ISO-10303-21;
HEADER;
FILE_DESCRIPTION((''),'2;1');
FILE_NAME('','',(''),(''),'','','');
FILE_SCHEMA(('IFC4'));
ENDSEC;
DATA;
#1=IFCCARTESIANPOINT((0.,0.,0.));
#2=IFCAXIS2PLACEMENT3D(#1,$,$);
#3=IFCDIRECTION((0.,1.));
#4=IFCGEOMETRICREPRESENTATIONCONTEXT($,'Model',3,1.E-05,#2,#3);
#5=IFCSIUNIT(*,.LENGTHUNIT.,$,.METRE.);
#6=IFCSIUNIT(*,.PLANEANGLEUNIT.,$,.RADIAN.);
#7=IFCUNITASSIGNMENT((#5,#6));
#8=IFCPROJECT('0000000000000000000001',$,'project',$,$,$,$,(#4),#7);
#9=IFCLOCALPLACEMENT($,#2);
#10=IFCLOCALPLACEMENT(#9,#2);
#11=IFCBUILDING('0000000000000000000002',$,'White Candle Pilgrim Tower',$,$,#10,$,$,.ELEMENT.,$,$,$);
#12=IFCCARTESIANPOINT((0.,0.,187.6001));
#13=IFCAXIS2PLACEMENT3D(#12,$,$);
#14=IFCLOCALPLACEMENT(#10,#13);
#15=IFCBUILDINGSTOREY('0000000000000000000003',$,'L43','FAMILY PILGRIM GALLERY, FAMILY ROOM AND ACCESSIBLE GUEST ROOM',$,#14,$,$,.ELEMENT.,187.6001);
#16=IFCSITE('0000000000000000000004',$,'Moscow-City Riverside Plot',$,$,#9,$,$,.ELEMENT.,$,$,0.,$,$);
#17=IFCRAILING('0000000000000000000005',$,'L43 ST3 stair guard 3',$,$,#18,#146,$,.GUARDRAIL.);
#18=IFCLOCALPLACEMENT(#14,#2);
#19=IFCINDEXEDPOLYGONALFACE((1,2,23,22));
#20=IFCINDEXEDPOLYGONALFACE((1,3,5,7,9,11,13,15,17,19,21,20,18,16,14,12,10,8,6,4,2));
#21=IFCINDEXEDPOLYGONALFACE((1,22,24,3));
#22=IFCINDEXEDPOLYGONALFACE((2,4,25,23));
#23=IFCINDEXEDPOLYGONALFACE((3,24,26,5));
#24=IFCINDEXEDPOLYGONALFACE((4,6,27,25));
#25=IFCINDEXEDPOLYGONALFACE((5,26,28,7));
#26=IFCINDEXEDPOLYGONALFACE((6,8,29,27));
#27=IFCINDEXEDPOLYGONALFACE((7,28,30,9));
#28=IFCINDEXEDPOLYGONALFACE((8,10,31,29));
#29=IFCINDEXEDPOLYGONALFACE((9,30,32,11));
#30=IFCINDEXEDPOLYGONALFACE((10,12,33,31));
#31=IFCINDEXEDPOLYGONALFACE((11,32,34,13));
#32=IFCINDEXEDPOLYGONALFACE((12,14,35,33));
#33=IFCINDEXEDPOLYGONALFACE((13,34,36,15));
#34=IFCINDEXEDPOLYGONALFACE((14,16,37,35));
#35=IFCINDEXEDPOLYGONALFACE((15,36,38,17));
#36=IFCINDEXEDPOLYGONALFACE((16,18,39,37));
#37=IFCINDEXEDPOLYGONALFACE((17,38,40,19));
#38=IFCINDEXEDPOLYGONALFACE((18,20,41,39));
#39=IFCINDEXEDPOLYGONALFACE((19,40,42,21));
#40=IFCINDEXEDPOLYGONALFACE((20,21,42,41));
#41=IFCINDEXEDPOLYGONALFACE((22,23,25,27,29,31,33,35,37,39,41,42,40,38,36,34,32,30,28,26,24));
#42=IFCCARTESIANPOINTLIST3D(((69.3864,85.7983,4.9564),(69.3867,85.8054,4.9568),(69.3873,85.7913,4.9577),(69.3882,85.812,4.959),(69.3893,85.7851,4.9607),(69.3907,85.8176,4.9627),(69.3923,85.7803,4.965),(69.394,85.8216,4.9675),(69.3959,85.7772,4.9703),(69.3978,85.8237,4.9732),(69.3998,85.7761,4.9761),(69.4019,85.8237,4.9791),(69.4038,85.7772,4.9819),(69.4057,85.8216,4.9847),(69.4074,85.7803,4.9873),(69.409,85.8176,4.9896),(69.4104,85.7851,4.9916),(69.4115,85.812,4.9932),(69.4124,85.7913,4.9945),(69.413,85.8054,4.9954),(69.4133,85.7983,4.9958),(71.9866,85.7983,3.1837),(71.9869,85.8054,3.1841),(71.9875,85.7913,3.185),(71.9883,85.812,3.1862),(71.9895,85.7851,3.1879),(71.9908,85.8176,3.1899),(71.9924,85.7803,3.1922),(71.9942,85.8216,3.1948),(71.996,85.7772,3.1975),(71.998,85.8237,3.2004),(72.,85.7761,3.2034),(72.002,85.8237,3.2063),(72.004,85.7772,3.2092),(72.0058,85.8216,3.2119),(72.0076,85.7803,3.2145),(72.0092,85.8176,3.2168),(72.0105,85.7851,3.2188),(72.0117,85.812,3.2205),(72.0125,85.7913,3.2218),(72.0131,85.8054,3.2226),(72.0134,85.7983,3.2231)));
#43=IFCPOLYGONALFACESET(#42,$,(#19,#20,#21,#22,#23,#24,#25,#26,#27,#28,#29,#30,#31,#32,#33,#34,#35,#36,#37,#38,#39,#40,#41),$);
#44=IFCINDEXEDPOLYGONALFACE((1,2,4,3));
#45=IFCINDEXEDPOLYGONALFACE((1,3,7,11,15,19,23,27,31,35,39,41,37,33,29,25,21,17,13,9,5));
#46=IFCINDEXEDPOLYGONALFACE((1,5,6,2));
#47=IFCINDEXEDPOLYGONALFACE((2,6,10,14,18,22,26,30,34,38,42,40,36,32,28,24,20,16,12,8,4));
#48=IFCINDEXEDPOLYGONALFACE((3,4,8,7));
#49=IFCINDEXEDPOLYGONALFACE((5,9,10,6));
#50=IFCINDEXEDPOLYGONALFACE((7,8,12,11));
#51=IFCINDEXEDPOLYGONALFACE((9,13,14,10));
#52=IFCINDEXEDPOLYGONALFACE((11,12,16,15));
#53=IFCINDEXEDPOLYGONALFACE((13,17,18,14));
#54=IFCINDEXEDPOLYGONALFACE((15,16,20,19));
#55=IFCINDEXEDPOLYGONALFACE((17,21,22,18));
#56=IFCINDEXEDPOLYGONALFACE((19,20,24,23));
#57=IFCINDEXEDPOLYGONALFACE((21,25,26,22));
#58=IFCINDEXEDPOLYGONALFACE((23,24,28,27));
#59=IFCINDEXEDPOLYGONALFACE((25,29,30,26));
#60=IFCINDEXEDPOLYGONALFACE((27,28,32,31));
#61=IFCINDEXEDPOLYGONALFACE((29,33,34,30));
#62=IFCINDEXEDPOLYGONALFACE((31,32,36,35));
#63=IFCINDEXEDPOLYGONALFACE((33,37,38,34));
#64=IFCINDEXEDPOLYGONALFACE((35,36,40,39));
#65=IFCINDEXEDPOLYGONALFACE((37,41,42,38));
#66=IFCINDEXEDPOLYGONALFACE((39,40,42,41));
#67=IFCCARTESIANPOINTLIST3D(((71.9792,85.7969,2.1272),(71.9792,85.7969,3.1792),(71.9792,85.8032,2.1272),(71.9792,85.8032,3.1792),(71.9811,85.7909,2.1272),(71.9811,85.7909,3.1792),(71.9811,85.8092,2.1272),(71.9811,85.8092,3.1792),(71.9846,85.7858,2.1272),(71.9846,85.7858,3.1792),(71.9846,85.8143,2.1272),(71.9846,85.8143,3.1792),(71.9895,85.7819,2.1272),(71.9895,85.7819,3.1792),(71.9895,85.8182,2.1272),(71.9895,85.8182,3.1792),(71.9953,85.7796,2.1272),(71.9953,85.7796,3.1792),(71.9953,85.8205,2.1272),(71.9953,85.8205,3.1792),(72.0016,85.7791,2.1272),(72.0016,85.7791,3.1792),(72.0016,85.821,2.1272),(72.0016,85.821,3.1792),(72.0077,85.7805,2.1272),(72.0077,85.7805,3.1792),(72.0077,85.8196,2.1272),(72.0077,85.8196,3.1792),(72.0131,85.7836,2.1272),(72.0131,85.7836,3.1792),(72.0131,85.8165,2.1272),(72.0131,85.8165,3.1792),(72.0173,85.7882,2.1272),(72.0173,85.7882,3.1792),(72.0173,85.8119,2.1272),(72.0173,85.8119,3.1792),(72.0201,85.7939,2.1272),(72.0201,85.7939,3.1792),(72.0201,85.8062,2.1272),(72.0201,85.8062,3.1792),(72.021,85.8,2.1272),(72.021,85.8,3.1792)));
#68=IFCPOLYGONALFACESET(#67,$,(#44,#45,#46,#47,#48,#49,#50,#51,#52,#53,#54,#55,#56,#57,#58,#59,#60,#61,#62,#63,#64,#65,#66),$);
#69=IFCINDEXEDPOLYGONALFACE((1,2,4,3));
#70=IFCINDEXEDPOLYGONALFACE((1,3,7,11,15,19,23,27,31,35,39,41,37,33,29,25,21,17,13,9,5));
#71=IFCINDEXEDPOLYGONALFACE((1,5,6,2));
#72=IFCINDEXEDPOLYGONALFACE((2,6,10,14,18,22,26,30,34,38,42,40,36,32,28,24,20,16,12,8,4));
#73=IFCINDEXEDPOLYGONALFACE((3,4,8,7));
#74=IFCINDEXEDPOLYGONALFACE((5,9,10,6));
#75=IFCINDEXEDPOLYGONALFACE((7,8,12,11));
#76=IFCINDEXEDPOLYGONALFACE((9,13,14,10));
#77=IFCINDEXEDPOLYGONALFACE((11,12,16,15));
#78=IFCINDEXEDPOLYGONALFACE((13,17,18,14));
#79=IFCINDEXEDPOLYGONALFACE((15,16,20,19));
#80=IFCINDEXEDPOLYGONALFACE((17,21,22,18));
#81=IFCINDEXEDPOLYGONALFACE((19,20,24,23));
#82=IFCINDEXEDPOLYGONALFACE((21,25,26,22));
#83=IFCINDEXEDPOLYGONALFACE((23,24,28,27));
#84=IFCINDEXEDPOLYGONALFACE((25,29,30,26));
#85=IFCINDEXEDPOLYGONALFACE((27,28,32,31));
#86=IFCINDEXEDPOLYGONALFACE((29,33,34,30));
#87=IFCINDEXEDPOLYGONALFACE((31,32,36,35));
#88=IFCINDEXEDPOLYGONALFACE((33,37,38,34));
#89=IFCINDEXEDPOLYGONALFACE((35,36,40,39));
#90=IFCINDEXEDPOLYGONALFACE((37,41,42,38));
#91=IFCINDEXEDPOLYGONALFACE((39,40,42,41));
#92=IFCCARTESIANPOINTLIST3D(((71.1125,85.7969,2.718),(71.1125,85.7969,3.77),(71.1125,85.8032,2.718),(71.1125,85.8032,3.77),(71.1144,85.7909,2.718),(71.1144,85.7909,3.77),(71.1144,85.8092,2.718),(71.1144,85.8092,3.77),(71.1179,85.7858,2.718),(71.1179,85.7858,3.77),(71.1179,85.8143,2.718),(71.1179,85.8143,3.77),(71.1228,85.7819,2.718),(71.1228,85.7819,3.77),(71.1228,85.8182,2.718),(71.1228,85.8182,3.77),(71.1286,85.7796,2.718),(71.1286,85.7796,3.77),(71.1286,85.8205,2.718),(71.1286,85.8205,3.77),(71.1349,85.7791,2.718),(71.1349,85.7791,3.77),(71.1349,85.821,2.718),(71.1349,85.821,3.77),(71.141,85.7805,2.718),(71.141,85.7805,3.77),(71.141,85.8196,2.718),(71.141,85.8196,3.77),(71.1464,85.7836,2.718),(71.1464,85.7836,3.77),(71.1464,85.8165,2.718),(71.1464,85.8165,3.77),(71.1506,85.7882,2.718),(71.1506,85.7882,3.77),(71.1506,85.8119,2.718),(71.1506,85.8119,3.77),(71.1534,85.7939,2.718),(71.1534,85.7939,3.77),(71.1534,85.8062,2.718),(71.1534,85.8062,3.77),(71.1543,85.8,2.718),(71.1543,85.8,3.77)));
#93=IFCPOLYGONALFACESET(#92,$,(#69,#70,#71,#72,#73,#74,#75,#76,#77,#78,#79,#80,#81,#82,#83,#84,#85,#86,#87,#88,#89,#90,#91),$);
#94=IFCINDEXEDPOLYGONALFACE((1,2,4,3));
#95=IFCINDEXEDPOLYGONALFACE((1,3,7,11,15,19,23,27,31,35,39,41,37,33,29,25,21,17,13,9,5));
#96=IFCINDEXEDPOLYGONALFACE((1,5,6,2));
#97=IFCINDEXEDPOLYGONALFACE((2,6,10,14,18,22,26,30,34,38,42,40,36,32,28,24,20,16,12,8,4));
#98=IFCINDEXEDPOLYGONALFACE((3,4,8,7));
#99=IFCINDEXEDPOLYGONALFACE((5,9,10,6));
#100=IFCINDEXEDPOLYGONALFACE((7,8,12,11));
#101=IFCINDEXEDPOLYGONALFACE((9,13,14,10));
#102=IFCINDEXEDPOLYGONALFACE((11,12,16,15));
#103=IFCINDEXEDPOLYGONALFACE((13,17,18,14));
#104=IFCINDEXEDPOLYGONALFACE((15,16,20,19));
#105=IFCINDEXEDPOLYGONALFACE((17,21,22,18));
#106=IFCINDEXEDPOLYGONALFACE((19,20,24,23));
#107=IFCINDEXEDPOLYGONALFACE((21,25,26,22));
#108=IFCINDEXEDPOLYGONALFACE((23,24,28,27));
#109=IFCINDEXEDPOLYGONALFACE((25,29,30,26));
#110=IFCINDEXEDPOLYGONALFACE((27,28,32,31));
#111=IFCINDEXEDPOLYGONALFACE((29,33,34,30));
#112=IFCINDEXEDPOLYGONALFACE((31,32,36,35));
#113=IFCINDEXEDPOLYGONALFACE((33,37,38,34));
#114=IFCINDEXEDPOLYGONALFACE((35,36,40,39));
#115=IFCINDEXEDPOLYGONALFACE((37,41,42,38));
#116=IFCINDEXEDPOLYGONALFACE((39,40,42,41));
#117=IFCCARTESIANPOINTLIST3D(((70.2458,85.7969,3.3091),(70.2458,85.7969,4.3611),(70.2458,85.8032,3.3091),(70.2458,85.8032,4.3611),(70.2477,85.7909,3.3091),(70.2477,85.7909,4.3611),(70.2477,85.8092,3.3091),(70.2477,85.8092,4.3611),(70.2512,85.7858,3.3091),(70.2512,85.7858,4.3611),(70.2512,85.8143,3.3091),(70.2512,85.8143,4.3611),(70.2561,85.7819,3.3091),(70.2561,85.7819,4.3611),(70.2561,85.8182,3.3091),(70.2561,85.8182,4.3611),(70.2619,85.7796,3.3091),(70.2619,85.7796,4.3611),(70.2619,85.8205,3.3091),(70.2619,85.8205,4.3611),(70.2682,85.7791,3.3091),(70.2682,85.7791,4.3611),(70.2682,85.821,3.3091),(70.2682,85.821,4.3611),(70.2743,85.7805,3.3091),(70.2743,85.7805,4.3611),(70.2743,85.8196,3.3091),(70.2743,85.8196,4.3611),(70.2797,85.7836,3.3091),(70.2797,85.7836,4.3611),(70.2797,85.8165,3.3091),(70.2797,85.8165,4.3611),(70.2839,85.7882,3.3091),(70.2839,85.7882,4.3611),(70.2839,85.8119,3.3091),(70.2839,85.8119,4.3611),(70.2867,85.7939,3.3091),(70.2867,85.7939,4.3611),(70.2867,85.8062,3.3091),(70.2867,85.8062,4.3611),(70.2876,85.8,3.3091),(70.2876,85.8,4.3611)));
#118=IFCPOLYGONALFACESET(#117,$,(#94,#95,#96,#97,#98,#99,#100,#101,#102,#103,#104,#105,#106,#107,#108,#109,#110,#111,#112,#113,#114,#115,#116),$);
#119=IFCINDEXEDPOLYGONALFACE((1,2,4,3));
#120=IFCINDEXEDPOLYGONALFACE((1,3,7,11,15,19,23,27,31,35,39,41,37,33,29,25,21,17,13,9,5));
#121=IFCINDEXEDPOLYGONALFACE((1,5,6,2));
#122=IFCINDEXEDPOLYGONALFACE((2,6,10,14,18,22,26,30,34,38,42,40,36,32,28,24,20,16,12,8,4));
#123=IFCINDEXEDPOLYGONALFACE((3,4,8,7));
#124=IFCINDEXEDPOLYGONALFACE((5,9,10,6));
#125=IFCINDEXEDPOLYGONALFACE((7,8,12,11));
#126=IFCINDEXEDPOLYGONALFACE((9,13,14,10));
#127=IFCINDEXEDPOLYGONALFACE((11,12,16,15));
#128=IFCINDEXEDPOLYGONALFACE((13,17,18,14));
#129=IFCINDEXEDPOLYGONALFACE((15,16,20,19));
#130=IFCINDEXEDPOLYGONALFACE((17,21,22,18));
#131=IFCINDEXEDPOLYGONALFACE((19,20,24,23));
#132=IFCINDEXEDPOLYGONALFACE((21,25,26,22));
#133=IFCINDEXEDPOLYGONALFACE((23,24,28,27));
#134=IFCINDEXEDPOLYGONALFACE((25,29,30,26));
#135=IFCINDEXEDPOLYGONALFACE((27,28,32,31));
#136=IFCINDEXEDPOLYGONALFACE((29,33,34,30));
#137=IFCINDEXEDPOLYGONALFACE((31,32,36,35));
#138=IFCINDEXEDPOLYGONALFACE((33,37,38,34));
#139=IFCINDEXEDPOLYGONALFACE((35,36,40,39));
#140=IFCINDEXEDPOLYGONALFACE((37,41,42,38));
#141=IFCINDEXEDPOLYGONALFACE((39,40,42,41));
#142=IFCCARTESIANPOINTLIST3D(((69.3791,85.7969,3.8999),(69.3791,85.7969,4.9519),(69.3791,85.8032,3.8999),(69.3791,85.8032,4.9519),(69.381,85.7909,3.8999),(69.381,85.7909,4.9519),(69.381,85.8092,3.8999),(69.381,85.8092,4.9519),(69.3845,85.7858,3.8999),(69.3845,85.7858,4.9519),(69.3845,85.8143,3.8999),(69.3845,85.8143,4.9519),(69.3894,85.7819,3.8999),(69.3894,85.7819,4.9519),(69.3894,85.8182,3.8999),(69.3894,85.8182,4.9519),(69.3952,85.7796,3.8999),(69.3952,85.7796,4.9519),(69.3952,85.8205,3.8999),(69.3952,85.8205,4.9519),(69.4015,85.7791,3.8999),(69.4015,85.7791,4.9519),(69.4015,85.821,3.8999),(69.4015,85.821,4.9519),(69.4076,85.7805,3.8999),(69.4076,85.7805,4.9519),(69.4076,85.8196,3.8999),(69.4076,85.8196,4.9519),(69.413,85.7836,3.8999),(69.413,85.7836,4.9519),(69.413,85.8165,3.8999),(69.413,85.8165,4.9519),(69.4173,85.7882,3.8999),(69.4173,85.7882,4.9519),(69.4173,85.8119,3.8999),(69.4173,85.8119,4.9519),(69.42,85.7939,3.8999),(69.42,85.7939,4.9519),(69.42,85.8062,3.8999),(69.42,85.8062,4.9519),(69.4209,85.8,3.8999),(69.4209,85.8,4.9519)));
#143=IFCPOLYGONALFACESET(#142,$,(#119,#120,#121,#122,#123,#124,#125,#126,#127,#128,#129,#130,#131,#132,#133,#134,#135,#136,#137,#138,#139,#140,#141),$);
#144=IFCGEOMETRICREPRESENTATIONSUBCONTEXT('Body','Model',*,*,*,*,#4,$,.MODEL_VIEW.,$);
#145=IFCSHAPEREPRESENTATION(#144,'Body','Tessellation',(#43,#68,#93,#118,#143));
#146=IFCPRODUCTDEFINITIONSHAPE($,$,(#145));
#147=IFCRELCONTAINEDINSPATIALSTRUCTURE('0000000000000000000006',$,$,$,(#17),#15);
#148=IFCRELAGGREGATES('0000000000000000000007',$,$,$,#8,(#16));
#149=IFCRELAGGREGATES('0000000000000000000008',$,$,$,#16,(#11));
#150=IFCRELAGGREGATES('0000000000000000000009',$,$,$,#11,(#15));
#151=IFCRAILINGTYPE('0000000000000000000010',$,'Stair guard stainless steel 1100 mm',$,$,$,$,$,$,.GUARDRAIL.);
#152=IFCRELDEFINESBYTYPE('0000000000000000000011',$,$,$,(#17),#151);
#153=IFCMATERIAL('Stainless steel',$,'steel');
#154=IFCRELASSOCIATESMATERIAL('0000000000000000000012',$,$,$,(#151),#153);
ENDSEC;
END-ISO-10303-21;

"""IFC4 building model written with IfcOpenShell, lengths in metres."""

from ifc_helpers import new_model, si_unit, direction, frame, origin, origin_2d, place, context, subcontext, project, spatial, circle, extrude, material, type_object, element, save


model = new_model("IFC4")

# Units and contexts
model_context = context("Model", 3, precision=1e-05, world=origin(), true_north=direction((0.0, 1.0)))
body_context = subcontext(model_context, "Body", "Model", "MODEL_VIEW")
ifc_project = project(units=[si_unit("LENGTHUNIT", "METRE"), si_unit("PLANEANGLEUNIT", "RADIAN")], contexts=[model_context])

# Site, building, storey
site_placement = place(None, origin())
site = spatial("IfcSite", under=ifc_project, at=site_placement, Name="Moscow-City Riverside Plot", CompositionType="ELEMENT", RefElevation=0.0)
building_placement = place(site_placement, origin())
building = spatial("IfcBuilding", under=site, at=building_placement, Name="White Candle Pilgrim Tower", CompositionType="ELEMENT")
storey_placement = place(building_placement, frame((0.0, 0.0, 187.6001)))
storey = spatial("IfcBuildingStorey", under=building, at=storey_placement, Name="L43", Description="FAMILY PILGRIM GALLERY, FAMILY ROOM AND ACCESSIBLE GUEST ROOM", CompositionType="ELEMENT", Elevation=187.6001)

# Railing
ifc_material_1 = material(Name="Stainless steel", Category="steel")
railing_type_1 = type_object("IfcRailingType", Name="Stair guard stainless steel 1100 mm", PredefinedType="GUARDRAIL", material=ifc_material_1)
railing_1_placement = place(storey_placement, frame((72.0, 85.8, 2.1272)))
element("IfcRailing", 1, at=railing_1_placement, inside=storey, type_object=railing_type_1, Name="L43 ST3 stair guard 3", PredefinedType="GUARDRAIL", context=body_context, shape_type="SweptSolid", body=[
    extrude(circle(Radius=0.0239, at=origin_2d()), frame((0.0, 0.0, 1.0762), z_axis=(-0.82624, 0.0, 0.563318), x_axis=(0.0, -1.0, 0.0)), (0.0, 0.0, 1.0), 3.147),
    extrude(circle(Radius=0.021, at=origin_2d()), origin(), (0.0, 0.0, 1.0), 1.052),
    extrude(circle(Radius=0.021, at=origin_2d()), frame((-0.8667, 0.0, 0.5908)), (0.0, 0.0, 1.0), 1.052),
    extrude(circle(Radius=0.021, at=origin_2d()), frame((-1.7334, 0.0, 1.1819)), (0.0, 0.0, 1.0), 1.052),
    extrude(circle(Radius=0.021, at=origin_2d()), frame((-2.6001, 0.0, 1.7727)), (0.0, 0.0, 1.0), 1.052),
])

save(model, "model.ifc")
